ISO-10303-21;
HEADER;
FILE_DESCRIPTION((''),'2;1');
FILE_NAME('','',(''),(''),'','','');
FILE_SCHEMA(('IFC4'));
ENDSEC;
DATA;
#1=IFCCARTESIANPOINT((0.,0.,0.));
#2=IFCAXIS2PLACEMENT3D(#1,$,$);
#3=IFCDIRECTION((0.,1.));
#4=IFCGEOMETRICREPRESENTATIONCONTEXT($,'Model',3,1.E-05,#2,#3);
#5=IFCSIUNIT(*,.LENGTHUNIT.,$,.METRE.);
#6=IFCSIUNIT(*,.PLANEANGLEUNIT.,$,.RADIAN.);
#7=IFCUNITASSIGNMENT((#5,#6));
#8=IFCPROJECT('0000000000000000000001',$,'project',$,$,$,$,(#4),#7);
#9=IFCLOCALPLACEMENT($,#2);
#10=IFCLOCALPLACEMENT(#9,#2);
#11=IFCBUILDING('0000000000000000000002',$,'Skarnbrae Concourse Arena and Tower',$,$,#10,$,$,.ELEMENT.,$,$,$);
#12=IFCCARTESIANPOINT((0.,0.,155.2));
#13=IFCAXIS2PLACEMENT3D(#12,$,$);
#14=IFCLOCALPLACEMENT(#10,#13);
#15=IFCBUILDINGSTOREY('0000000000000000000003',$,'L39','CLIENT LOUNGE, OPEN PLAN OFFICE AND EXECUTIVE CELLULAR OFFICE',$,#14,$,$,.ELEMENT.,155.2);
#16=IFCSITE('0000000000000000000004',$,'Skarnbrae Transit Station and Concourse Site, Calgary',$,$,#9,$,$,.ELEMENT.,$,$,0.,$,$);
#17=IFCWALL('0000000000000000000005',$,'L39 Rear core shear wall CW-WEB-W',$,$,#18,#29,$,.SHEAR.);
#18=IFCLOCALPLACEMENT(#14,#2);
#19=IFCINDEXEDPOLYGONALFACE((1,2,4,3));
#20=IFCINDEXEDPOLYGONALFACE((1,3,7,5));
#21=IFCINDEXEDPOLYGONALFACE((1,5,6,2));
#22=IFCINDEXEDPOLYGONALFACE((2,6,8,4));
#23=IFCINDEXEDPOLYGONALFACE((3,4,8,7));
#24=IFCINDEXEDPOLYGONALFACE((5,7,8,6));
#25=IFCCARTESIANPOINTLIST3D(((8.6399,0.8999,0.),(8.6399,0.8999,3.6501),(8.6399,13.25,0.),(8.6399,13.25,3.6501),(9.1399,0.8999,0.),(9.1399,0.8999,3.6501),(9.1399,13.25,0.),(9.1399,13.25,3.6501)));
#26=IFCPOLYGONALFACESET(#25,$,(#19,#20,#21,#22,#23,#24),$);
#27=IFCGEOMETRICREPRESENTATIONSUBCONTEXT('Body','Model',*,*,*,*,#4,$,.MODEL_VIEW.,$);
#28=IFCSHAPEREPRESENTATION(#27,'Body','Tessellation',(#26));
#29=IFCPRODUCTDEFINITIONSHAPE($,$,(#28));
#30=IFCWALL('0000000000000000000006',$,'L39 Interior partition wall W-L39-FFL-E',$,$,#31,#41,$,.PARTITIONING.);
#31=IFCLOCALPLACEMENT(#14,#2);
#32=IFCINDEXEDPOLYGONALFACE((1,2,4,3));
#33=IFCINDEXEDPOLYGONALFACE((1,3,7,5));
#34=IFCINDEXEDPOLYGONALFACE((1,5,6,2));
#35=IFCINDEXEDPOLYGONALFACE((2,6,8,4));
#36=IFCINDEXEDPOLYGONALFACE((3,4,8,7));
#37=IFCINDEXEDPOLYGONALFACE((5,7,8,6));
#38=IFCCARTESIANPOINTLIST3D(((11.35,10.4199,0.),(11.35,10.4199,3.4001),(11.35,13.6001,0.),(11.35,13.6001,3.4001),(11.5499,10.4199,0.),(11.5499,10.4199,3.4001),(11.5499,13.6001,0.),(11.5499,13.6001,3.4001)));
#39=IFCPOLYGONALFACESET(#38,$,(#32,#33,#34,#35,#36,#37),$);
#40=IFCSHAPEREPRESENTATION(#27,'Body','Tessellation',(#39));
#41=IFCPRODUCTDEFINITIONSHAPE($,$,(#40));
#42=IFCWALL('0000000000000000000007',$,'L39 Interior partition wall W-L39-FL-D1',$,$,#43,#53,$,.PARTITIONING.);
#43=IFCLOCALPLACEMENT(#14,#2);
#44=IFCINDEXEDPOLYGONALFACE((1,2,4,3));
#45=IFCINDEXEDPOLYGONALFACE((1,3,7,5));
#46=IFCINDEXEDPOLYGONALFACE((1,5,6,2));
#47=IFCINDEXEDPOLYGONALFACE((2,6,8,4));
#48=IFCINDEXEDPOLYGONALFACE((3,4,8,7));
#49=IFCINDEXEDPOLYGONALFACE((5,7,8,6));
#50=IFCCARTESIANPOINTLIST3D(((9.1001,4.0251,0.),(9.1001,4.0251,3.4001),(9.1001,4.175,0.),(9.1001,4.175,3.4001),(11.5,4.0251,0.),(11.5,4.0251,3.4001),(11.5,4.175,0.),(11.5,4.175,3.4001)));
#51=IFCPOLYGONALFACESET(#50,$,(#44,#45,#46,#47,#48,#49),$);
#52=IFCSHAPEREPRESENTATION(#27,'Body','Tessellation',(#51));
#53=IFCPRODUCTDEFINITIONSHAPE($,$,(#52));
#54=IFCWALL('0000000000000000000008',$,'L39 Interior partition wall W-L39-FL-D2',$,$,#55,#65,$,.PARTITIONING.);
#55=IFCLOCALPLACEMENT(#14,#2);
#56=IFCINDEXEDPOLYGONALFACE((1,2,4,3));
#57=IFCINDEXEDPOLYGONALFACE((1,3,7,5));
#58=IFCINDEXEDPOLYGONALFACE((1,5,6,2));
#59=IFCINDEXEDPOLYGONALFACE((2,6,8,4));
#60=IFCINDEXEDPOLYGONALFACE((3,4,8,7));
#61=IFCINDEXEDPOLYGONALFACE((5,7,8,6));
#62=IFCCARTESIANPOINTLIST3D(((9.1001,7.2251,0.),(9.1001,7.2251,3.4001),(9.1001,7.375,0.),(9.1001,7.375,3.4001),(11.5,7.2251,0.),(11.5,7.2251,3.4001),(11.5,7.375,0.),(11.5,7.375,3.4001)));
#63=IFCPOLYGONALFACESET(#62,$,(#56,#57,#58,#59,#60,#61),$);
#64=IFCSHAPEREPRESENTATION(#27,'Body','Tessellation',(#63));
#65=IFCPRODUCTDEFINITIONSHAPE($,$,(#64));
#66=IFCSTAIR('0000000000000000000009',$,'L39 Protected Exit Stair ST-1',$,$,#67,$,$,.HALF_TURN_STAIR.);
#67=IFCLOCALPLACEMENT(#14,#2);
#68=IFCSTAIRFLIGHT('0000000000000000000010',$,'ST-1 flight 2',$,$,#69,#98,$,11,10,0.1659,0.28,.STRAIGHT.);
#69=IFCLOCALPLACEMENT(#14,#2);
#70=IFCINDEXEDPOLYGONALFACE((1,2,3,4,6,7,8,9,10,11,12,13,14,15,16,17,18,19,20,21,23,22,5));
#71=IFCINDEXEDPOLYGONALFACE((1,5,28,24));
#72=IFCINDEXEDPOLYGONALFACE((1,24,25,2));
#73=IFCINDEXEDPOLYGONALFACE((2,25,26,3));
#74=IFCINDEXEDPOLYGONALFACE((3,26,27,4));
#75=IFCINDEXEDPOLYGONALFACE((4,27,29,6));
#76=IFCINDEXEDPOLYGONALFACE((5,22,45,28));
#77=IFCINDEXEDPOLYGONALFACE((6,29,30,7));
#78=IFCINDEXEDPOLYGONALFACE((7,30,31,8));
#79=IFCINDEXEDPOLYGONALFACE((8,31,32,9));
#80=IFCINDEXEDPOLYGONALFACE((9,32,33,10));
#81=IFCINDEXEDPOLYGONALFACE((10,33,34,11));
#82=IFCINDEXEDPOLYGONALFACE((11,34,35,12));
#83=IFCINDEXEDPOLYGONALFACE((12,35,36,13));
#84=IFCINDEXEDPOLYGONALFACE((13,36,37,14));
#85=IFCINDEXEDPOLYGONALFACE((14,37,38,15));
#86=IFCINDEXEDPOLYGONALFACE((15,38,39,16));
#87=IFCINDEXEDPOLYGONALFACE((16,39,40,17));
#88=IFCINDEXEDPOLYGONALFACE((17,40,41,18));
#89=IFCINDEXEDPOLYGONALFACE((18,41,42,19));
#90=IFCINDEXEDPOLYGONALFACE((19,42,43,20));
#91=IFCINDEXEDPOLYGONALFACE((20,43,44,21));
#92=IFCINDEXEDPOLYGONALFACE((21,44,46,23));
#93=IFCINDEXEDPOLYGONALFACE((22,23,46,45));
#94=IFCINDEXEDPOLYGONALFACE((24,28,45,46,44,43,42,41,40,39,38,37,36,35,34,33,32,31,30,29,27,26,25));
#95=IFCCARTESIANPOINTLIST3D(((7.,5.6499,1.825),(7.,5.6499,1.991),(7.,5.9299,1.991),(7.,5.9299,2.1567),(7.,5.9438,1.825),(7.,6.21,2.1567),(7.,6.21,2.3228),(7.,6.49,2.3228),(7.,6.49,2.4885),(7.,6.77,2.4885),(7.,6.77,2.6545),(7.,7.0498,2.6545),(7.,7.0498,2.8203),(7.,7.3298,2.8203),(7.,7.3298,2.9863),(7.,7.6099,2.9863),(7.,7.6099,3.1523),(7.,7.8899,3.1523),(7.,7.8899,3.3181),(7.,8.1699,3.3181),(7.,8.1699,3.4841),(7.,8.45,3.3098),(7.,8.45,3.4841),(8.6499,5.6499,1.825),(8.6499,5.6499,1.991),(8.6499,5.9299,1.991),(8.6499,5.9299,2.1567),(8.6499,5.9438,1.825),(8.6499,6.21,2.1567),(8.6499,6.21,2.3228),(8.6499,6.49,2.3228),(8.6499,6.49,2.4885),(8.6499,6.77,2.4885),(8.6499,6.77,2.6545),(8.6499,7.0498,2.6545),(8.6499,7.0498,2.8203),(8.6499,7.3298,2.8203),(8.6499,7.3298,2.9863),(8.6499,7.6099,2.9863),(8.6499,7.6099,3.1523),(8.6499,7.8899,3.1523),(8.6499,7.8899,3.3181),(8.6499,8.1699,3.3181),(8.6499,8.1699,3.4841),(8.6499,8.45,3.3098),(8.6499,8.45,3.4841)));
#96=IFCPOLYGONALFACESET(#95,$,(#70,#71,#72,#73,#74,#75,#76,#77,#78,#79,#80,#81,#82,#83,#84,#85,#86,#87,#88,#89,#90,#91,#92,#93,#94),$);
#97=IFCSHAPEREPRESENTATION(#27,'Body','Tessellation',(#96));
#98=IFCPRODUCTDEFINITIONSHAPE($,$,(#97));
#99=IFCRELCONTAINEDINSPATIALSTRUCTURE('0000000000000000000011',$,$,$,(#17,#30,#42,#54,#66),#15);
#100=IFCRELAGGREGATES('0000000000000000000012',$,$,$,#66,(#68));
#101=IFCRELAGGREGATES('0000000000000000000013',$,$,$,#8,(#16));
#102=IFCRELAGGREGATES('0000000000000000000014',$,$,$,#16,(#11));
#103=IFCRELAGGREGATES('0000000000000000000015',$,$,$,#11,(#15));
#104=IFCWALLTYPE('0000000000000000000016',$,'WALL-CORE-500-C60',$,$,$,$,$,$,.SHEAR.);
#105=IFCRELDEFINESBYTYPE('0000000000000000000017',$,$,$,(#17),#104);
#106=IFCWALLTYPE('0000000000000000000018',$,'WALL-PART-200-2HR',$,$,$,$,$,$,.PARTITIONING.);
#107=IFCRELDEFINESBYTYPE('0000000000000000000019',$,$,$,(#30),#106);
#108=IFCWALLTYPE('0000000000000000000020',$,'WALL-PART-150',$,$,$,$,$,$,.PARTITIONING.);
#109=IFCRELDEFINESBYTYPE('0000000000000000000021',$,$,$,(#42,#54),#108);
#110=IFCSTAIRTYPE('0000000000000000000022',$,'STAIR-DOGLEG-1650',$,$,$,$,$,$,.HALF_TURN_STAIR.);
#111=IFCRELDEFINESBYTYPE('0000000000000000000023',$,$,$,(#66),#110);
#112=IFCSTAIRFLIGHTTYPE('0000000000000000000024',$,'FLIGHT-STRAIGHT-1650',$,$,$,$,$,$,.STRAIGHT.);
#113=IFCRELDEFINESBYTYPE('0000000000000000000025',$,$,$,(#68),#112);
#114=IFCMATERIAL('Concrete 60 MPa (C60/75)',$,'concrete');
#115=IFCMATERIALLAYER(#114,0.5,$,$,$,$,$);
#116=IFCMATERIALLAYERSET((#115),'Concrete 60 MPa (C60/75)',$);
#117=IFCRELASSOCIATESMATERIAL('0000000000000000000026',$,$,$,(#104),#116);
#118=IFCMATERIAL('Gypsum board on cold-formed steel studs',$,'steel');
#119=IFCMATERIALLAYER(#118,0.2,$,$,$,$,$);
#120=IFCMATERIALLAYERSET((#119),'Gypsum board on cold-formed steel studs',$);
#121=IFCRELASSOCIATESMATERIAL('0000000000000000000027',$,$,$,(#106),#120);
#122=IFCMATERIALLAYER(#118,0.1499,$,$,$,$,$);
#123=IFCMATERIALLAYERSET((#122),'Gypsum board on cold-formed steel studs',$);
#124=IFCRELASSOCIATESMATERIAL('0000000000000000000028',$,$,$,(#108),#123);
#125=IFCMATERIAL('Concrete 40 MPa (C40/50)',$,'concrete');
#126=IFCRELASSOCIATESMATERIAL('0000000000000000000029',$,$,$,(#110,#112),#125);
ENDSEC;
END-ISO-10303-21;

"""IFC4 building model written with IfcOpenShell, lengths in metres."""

from ifc_helpers import new_model, si_unit, direction, frame, frame_2d, origin, place, context, subcontext, project, spatial, polyline, rectangle, outline, extrude, source, transform, mapped, material, layer, layer_set, type_object, element, aggregate, save


model = new_model("IFC4")

# Units and contexts
model_context = context("Model", 3, precision=1e-05, world=origin(), true_north=direction((0.0, 1.0)))
body_context = subcontext(model_context, "Body", "Model", "MODEL_VIEW")
ifc_project = project(units=[si_unit("LENGTHUNIT", "METRE"), si_unit("PLANEANGLEUNIT", "RADIAN")], contexts=[model_context])

# Site, building, storey
site_placement = place(None, origin())
site = spatial("IfcSite", under=ifc_project, at=site_placement, Name="Skarnbrae Transit Station and Concourse Site, Calgary", CompositionType="ELEMENT", RefElevation=0.0)
building_placement = place(site_placement, origin())
building = spatial("IfcBuilding", under=site, at=building_placement, Name="Skarnbrae Concourse Arena and Tower", CompositionType="ELEMENT")
storey_placement = place(building_placement, frame((0.0, 0.0, 155.2)))
storey = spatial("IfcBuildingStorey", under=building, at=storey_placement, Name="L39", Description="CLIENT LOUNGE, OPEN PLAN OFFICE AND EXECUTIVE CELLULAR OFFICE", CompositionType="ELEMENT", Elevation=155.2)

# Walls
ifc_material_1 = material(Name="Concrete 60 MPa (C60/75)", Category="concrete")
ifc_layer_1 = layer(ifc_material_1, 0.5)
ifc_layer_set_1 = layer_set([ifc_layer_1], Name="Concrete 60 MPa (C60/75)")
wall_type_1 = type_object("IfcWallType", Name="WALL-CORE-500-C60", PredefinedType="SHEAR", material=ifc_layer_set_1)
shared_shape_1 = source(origin(), body_context, "Body", "SweptSolid", [
    extrude(rectangle(XDim=12.3501, YDim=0.5, at=frame_2d((6.175, 0.0))), origin(), (0.0, 0.0, 1.0), 3.6501),
])
wall_1_placement = place(storey_placement, frame((8.8899, 0.8999, 0.0), z_axis=(0.0, 0.0, 1.0), x_axis=(0.0, 1.0, 0.0)))
element("IfcWall", 1, at=wall_1_placement, inside=storey, type_object=wall_type_1, Name="L39 Rear core shear wall CW-WEB-W", PredefinedType="SHEAR", context=body_context, shape_type="MappedRepresentation", body=[
    mapped(shared_shape_1, transform((0.0, 0.0, 0.0))),
])
ifc_material_2 = material(Name="Gypsum board on cold-formed steel studs", Category="steel")
ifc_layer_2 = layer(ifc_material_2, 0.2)
ifc_layer_set_2 = layer_set([ifc_layer_2], Name="Gypsum board on cold-formed steel studs")
wall_type_2 = type_object("IfcWallType", Name="WALL-PART-200-2HR", PredefinedType="PARTITIONING", material=ifc_layer_set_2)
shared_shape_2 = source(origin(), body_context, "Body", "SweptSolid", [
    extrude(rectangle(XDim=3.1802, YDim=0.2, at=frame_2d((1.5901, 0.0))), origin(), (0.0, 0.0, 1.0), 3.4001),
])
wall_2_placement = place(storey_placement, frame((11.45, 10.4199, 0.0), z_axis=(0.0, 0.0, 1.0), x_axis=(0.0, 1.0, 0.0)))
element("IfcWall", 2, at=wall_2_placement, inside=storey, type_object=wall_type_2, Name="L39 Interior partition wall W-L39-FFL-E", PredefinedType="PARTITIONING", context=body_context, shape_type="MappedRepresentation", body=[
    mapped(shared_shape_2, transform((0.0, 0.0, 0.0))),
])

# Walls
ifc_layer_3 = layer(ifc_material_2, 0.1499)
ifc_layer_set_3 = layer_set([ifc_layer_3], Name="Gypsum board on cold-formed steel studs")
wall_type_3 = type_object("IfcWallType", Name="WALL-PART-150", PredefinedType="PARTITIONING", material=ifc_layer_set_3)
shared_shape_3 = source(origin(), body_context, "Body", "SweptSolid", [
    extrude(rectangle(XDim=2.3999, YDim=0.1499, at=frame_2d((1.2, 0.0))), origin(), (0.0, 0.0, 1.0), 3.4001),
])
for number, where, z_axis, x_axis, name in (
    (3, (9.1001, 4.1001, 0.0), (0.0, 0.0, 1.0), (1.0, 0.0, 0.0), "L39 Interior partition wall W-L39-FL-D1"),
    (4, (9.1001, 7.3, 0.0), (0.0, 0.0, 1.0), (1.0, 0.0, 0.0), "L39 Interior partition wall W-L39-FL-D2"),
):
    element("IfcWall", number, at=place(storey_placement, frame(where, z_axis=z_axis, x_axis=x_axis)), inside=storey, type_object=wall_type_3, Name=name, PredefinedType="PARTITIONING", context=body_context, shape_type="MappedRepresentation", body=[
        mapped(shared_shape_3, transform((0.0, 0.0, 0.0))),
    ])

# Stair, stair flight
ifc_material_3 = material(Name="Concrete 40 MPa (C40/50)", Category="concrete")
stair_type = type_object("IfcStairType", Name="STAIR-DOGLEG-1650", PredefinedType="HALF_TURN_STAIR", material=ifc_material_3)
stair_placement = place(storey_placement, origin())
stair = element("IfcStair", 5, at=stair_placement, inside=storey, type_object=stair_type, Name="L39 Protected Exit Stair ST-1", PredefinedType="HALF_TURN_STAIR")
stair_flight_type = type_object("IfcStairFlightType", Name="FLIGHT-STRAIGHT-1650", PredefinedType="STRAIGHT", material=ifc_material_3)
shared_shape_4 = source(origin(), body_context, "Body", "SweptSolid", [
    extrude(outline(polyline([(0.0, 0.0), (0.0, 0.166), (0.28, 0.166), (0.28, 0.3318), (0.5601, 0.3318), (0.5601, 0.4978), (0.8401, 0.4978), (0.8401, 0.6636), (1.1201, 0.6636), (1.1201, 0.8296), (1.3999, 0.8296), (1.3999, 0.9954), (1.6799, 0.9954), (1.6799, 1.1614), (1.96, 1.1614), (1.96, 1.3274), (2.24, 1.3274), (2.24, 1.4932), (2.52, 1.4932), (2.52, 1.6592), (2.8, 1.6592), (2.8, 1.825), (2.8, 1.4849), (0.2939, 0.0), (0.0, 0.0)])), frame((0.0, 0.825, 0.0), z_axis=(0.0, -1.0, 0.0), x_axis=(1.0, 0.0, 0.0)), (0.0, 0.0, 1.0), 1.6499),
])
stair_flight_placement = place(storey_placement, frame((7.825, 5.6499, 1.825), z_axis=(0.0, 0.0, 1.0), x_axis=(0.0, 1.0, 0.0)))
stair_flight = element("IfcStairFlight", 6, at=stair_flight_placement, type_object=stair_flight_type, Name="ST-1 flight 2", NumberOfRisers=11, NumberOfTreads=10, PredefinedType="STRAIGHT", RiserHeight=0.1659, TreadLength=0.28, context=body_context, shape_type="MappedRepresentation", body=[
    mapped(shared_shape_4, transform((0.0, 0.0, 0.0))),
])
aggregate(stair, [stair_flight])

save(model, "model.ifc")
